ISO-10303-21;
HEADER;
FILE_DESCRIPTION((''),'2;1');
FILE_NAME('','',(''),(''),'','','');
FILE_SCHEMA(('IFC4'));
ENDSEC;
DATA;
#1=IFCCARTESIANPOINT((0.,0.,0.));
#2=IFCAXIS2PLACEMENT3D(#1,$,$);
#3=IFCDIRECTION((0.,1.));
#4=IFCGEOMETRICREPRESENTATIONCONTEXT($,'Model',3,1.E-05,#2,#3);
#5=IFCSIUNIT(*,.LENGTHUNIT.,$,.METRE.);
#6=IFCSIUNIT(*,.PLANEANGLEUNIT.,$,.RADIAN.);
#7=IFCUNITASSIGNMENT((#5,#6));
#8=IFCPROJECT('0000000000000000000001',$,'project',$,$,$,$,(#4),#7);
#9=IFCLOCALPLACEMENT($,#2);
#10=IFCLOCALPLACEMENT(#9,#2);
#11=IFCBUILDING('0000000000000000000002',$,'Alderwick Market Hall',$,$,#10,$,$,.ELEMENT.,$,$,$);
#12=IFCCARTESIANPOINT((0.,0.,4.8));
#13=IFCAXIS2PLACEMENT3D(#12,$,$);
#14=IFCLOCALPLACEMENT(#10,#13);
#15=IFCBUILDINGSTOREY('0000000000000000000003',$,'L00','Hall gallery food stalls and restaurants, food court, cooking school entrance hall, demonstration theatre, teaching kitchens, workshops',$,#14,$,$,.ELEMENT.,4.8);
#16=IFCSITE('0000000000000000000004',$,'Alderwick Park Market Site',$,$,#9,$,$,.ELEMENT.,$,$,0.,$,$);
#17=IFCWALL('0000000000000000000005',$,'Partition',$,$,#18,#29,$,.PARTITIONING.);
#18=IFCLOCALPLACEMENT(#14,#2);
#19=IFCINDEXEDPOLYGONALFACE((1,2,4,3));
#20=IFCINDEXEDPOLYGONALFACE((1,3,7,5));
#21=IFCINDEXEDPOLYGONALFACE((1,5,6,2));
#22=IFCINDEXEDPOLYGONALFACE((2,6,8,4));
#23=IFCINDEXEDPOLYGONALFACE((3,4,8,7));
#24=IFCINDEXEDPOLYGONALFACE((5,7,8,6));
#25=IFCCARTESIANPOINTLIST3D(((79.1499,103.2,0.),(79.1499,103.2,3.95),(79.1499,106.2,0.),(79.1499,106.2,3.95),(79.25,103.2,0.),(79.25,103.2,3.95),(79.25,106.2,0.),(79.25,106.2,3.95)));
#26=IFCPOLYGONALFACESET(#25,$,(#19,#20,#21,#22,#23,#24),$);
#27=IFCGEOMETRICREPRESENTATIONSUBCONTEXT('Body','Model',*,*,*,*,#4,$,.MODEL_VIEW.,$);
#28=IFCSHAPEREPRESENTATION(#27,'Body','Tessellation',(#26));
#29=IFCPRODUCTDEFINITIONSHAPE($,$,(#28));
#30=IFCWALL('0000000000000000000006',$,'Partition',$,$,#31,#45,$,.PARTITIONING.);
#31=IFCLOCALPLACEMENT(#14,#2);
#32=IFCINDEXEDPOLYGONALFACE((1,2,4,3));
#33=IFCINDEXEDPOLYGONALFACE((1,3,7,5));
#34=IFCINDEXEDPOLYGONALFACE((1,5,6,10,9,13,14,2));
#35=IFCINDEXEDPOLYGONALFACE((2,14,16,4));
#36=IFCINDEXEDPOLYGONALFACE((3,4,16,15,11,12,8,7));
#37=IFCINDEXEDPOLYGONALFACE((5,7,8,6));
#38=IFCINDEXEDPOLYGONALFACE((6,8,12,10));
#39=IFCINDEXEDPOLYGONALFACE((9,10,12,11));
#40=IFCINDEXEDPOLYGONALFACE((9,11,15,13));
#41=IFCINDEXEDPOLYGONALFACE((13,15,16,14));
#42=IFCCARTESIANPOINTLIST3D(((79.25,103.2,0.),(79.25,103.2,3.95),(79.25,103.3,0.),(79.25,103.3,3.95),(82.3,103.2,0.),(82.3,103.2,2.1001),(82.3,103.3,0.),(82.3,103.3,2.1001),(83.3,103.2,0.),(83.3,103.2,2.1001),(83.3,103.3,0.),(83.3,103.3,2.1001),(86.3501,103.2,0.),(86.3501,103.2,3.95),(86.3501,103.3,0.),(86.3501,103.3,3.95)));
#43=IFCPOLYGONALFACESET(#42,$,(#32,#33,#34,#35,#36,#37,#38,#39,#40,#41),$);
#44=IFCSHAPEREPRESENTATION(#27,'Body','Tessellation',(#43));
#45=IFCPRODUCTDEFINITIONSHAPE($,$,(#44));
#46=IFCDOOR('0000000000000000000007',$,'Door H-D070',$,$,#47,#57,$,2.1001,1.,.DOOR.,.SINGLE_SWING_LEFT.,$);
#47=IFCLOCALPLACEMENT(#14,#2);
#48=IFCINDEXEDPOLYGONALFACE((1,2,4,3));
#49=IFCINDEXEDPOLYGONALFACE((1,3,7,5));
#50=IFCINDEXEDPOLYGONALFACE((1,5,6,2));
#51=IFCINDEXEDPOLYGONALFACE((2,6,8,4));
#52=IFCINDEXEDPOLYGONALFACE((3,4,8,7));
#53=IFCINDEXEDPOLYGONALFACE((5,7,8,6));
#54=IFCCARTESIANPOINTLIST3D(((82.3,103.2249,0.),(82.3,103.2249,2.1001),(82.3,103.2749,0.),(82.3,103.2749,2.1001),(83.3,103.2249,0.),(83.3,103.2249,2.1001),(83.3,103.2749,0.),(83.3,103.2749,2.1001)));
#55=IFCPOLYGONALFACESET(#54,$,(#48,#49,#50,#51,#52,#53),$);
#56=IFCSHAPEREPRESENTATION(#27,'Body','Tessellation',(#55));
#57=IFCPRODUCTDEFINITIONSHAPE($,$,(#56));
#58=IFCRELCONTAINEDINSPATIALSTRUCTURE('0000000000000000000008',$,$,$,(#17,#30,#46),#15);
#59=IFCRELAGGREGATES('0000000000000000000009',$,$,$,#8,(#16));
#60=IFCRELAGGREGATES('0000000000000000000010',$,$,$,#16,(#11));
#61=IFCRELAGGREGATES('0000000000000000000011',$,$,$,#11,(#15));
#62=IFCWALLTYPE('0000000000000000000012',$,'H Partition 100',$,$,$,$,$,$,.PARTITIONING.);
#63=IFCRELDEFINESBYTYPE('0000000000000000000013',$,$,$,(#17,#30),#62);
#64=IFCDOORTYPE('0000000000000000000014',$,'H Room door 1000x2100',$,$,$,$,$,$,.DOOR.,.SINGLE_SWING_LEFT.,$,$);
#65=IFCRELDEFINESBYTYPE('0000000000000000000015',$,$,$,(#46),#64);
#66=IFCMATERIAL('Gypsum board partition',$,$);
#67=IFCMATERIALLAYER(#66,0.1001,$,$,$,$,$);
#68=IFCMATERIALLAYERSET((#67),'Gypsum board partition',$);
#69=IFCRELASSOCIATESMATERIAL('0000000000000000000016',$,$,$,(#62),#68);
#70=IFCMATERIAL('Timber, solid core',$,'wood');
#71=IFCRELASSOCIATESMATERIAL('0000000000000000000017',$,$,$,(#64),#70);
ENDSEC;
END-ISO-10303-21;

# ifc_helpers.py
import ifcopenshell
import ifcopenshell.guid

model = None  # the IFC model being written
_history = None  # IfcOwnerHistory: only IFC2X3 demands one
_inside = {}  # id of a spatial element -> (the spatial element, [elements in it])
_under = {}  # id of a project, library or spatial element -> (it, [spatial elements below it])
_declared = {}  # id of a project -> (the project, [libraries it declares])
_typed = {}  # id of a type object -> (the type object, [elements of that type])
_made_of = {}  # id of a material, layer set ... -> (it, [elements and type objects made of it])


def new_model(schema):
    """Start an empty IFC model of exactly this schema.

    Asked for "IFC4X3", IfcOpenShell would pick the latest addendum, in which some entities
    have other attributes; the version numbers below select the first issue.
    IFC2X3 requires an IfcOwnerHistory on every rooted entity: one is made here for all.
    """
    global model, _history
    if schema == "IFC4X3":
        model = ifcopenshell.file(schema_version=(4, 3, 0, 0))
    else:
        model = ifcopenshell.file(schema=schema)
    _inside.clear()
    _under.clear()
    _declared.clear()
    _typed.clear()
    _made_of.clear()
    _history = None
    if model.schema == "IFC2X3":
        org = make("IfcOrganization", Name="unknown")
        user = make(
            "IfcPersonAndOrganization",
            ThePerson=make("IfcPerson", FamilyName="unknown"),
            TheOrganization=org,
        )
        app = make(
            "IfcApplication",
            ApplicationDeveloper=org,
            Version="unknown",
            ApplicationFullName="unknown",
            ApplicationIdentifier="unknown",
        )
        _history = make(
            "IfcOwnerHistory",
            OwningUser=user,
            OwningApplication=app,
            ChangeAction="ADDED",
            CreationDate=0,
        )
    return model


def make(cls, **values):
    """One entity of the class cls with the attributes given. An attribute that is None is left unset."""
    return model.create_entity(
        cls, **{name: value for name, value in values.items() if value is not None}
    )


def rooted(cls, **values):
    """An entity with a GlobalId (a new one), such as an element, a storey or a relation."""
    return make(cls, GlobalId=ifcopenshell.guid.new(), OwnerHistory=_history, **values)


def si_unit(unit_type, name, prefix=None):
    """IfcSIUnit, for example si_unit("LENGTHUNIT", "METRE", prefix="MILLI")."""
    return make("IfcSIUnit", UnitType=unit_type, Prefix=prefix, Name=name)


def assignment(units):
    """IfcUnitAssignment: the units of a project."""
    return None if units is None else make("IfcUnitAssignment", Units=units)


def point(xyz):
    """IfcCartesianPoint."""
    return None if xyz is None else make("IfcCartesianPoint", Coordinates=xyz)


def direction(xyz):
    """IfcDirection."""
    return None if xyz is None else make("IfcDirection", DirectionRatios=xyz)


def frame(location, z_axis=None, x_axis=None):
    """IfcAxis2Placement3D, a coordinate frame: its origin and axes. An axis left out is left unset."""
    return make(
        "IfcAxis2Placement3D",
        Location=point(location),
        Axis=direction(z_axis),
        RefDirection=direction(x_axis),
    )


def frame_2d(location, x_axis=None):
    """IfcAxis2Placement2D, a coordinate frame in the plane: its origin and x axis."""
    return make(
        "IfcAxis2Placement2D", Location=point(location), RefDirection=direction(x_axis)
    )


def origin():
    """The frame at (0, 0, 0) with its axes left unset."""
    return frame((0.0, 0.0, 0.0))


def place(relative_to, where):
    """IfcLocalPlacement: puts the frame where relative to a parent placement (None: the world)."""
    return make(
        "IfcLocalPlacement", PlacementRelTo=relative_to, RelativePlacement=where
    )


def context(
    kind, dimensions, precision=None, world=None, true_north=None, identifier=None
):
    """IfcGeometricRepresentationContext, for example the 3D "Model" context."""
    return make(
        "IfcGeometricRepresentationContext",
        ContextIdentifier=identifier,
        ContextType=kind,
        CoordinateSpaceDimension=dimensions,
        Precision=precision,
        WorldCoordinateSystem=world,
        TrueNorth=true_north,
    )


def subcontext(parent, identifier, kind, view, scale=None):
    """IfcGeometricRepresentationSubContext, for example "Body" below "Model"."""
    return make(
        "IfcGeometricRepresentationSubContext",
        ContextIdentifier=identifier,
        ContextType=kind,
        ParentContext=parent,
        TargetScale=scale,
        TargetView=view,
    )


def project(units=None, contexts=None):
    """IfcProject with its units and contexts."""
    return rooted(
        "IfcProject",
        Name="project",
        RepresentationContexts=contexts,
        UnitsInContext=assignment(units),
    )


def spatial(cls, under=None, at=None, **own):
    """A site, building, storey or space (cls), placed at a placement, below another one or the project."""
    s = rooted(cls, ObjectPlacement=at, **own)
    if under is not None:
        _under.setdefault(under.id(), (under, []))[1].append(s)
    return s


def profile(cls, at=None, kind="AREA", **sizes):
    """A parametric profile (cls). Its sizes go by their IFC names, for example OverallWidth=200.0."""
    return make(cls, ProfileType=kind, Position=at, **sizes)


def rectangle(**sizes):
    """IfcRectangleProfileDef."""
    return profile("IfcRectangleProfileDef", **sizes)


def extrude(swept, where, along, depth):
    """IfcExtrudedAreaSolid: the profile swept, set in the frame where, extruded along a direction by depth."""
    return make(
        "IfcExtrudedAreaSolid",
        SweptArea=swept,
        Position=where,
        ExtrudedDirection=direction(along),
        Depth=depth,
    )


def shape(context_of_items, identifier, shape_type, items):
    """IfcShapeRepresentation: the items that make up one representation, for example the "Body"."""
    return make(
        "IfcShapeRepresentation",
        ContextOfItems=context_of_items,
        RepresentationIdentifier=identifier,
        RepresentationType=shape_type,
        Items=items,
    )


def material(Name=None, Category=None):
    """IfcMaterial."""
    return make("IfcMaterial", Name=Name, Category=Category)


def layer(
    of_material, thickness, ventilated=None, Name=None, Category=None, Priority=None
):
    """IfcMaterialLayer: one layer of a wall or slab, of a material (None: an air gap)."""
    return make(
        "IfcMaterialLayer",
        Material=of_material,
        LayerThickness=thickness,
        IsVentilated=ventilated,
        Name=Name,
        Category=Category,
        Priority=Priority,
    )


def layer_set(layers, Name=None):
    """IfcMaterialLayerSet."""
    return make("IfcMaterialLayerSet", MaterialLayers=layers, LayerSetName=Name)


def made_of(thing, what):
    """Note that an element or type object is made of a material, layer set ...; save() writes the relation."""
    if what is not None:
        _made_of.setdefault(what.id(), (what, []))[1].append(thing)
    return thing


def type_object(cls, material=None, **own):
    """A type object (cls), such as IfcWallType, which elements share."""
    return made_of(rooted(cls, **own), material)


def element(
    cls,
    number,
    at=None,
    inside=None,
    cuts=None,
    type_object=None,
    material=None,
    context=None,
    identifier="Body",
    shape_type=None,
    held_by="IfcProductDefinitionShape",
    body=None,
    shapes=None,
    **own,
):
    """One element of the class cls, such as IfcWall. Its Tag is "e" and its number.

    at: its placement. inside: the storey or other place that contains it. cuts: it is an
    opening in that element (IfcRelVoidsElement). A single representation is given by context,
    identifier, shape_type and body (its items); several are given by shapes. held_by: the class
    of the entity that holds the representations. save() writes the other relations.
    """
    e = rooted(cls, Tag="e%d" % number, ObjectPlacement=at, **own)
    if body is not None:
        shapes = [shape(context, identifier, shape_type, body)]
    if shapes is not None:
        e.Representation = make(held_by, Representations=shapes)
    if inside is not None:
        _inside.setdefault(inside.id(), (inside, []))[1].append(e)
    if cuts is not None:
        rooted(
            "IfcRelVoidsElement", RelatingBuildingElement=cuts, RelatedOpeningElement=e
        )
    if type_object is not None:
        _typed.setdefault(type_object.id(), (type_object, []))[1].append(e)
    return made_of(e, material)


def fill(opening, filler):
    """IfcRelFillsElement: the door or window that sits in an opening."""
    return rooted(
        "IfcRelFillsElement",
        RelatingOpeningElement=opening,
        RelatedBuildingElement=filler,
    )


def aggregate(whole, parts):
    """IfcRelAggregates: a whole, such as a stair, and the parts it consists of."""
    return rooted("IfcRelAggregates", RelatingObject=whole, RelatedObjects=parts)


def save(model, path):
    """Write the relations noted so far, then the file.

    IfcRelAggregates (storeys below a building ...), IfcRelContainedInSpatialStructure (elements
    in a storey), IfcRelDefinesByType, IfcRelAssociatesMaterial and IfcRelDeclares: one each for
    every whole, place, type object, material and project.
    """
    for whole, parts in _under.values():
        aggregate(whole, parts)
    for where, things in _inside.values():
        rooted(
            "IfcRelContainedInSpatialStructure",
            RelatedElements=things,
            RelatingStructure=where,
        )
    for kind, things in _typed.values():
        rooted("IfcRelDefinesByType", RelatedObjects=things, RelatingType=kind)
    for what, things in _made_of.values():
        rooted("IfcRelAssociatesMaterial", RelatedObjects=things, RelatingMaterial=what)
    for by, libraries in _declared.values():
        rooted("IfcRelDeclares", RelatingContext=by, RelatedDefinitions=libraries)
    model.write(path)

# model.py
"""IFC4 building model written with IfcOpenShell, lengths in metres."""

from ifc_helpers import new_model, si_unit, direction, frame, frame_2d, origin, place, context, subcontext, project, spatial, rectangle, extrude, material, layer, layer_set, type_object, element, fill, save


model = new_model("IFC4")

# Units and contexts
model_context = context("Model", 3, precision=1e-05, world=origin(), true_north=direction((0.0, 1.0)))
body_context = subcontext(model_context, "Body", "Model", "MODEL_VIEW")
ifc_project = project(units=[si_unit("LENGTHUNIT", "METRE"), si_unit("PLANEANGLEUNIT", "RADIAN")], contexts=[model_context])

# Site, building, storey
site_placement = place(None, origin())
site = spatial("IfcSite", under=ifc_project, at=site_placement, Name="Alderwick Park Market Site", CompositionType="ELEMENT", RefElevation=0.0)
building_placement = place(site_placement, origin())
building = spatial("IfcBuilding", under=site, at=building_placement, Name="Alderwick Market Hall", CompositionType="ELEMENT")
storey_placement = place(building_placement, frame((0.0, 0.0, 4.8)))
storey = spatial("IfcBuildingStorey", under=building, at=storey_placement, Name="L00", Description="Hall gallery food stalls and restaurants, food court, cooking school entrance hall, demonstration theatre, teaching kitchens, workshops", CompositionType="ELEMENT", Elevation=4.8)

# Wall
ifc_material_1 = material(Name="Gypsum board partition")
ifc_layer_1 = layer(ifc_material_1, 0.1001)
ifc_layer_set_1 = layer_set([ifc_layer_1], Name="Gypsum board partition")
wall_type_1 = type_object("IfcWallType", Name="H Partition 100", PredefinedType="PARTITIONING", material=ifc_layer_set_1)
wall_1_placement = place(storey_placement, frame((79.2, 106.2, 0.0), z_axis=(0.0, 0.0, 1.0), x_axis=(0.0, -1.0, 0.0)))
element("IfcWall", 1, at=wall_1_placement, inside=storey, type_object=wall_type_1, Name="Partition", PredefinedType="PARTITIONING", context=body_context, shape_type="SweptSolid", body=[
    extrude(rectangle(XDim=3.0, YDim=0.1001, at=frame_2d((1.5, 0.0))), origin(), (0.0, 0.0, 1.0), 3.95),
])

# Wall, opening, door
wall_2_placement = place(storey_placement, frame((79.25, 103.25, 0.0), z_axis=(0.0, 0.0, 1.0), x_axis=(1.0, 0.0, 0.0)))
wall_2 = element("IfcWall", 2, at=wall_2_placement, inside=storey, type_object=wall_type_1, Name="Partition", PredefinedType="PARTITIONING", context=body_context, shape_type="SweptSolid", body=[
    extrude(rectangle(XDim=7.1001, YDim=0.1001, at=frame_2d((3.55, 0.0))), origin(), (0.0, 0.0, 1.0), 3.95),
])
opening_1_placement = place(wall_2_placement, frame((3.05, 0.0, 0.0)))
opening_1 = element("IfcOpeningElement", 3, at=opening_1_placement, cuts=wall_2, PredefinedType="OPENING", context=body_context, shape_type="SweptSolid", body=[
    extrude(rectangle(XDim=1.0, YDim=2.1001, at=frame_2d((0.5, 1.05))), frame((0.0, 0.0601, 0.0), z_axis=(0.0, -1.0, 0.0), x_axis=(1.0, 0.0, 0.0)), (0.0, 0.0, 1.0), 0.1201),
])
ifc_material_2 = material(Name="Timber, solid core", Category="wood")
door_type = type_object("IfcDoorType", Name="H Room door 1000x2100", OperationType="SINGLE_SWING_LEFT", PredefinedType="DOOR", material=ifc_material_2)
door_placement = place(opening_1_placement, origin())
door = element("IfcDoor", 4, at=door_placement, inside=storey, type_object=door_type, Name="Door H-D070", OperationType="SINGLE_SWING_LEFT", OverallHeight=2.1001, OverallWidth=1.0, PredefinedType="DOOR", context=body_context, shape_type="SweptSolid", body=[
    extrude(rectangle(XDim=1.0, YDim=2.1001, at=frame_2d((0.5, 1.05))), frame((0.0, 0.0249, 0.0), z_axis=(0.0, -1.0, 0.0), x_axis=(1.0, 0.0, 0.0)), (0.0, 0.0, 1.0), 0.05),
])
fill(opening_1, door)

save(model, "model.ifc")
